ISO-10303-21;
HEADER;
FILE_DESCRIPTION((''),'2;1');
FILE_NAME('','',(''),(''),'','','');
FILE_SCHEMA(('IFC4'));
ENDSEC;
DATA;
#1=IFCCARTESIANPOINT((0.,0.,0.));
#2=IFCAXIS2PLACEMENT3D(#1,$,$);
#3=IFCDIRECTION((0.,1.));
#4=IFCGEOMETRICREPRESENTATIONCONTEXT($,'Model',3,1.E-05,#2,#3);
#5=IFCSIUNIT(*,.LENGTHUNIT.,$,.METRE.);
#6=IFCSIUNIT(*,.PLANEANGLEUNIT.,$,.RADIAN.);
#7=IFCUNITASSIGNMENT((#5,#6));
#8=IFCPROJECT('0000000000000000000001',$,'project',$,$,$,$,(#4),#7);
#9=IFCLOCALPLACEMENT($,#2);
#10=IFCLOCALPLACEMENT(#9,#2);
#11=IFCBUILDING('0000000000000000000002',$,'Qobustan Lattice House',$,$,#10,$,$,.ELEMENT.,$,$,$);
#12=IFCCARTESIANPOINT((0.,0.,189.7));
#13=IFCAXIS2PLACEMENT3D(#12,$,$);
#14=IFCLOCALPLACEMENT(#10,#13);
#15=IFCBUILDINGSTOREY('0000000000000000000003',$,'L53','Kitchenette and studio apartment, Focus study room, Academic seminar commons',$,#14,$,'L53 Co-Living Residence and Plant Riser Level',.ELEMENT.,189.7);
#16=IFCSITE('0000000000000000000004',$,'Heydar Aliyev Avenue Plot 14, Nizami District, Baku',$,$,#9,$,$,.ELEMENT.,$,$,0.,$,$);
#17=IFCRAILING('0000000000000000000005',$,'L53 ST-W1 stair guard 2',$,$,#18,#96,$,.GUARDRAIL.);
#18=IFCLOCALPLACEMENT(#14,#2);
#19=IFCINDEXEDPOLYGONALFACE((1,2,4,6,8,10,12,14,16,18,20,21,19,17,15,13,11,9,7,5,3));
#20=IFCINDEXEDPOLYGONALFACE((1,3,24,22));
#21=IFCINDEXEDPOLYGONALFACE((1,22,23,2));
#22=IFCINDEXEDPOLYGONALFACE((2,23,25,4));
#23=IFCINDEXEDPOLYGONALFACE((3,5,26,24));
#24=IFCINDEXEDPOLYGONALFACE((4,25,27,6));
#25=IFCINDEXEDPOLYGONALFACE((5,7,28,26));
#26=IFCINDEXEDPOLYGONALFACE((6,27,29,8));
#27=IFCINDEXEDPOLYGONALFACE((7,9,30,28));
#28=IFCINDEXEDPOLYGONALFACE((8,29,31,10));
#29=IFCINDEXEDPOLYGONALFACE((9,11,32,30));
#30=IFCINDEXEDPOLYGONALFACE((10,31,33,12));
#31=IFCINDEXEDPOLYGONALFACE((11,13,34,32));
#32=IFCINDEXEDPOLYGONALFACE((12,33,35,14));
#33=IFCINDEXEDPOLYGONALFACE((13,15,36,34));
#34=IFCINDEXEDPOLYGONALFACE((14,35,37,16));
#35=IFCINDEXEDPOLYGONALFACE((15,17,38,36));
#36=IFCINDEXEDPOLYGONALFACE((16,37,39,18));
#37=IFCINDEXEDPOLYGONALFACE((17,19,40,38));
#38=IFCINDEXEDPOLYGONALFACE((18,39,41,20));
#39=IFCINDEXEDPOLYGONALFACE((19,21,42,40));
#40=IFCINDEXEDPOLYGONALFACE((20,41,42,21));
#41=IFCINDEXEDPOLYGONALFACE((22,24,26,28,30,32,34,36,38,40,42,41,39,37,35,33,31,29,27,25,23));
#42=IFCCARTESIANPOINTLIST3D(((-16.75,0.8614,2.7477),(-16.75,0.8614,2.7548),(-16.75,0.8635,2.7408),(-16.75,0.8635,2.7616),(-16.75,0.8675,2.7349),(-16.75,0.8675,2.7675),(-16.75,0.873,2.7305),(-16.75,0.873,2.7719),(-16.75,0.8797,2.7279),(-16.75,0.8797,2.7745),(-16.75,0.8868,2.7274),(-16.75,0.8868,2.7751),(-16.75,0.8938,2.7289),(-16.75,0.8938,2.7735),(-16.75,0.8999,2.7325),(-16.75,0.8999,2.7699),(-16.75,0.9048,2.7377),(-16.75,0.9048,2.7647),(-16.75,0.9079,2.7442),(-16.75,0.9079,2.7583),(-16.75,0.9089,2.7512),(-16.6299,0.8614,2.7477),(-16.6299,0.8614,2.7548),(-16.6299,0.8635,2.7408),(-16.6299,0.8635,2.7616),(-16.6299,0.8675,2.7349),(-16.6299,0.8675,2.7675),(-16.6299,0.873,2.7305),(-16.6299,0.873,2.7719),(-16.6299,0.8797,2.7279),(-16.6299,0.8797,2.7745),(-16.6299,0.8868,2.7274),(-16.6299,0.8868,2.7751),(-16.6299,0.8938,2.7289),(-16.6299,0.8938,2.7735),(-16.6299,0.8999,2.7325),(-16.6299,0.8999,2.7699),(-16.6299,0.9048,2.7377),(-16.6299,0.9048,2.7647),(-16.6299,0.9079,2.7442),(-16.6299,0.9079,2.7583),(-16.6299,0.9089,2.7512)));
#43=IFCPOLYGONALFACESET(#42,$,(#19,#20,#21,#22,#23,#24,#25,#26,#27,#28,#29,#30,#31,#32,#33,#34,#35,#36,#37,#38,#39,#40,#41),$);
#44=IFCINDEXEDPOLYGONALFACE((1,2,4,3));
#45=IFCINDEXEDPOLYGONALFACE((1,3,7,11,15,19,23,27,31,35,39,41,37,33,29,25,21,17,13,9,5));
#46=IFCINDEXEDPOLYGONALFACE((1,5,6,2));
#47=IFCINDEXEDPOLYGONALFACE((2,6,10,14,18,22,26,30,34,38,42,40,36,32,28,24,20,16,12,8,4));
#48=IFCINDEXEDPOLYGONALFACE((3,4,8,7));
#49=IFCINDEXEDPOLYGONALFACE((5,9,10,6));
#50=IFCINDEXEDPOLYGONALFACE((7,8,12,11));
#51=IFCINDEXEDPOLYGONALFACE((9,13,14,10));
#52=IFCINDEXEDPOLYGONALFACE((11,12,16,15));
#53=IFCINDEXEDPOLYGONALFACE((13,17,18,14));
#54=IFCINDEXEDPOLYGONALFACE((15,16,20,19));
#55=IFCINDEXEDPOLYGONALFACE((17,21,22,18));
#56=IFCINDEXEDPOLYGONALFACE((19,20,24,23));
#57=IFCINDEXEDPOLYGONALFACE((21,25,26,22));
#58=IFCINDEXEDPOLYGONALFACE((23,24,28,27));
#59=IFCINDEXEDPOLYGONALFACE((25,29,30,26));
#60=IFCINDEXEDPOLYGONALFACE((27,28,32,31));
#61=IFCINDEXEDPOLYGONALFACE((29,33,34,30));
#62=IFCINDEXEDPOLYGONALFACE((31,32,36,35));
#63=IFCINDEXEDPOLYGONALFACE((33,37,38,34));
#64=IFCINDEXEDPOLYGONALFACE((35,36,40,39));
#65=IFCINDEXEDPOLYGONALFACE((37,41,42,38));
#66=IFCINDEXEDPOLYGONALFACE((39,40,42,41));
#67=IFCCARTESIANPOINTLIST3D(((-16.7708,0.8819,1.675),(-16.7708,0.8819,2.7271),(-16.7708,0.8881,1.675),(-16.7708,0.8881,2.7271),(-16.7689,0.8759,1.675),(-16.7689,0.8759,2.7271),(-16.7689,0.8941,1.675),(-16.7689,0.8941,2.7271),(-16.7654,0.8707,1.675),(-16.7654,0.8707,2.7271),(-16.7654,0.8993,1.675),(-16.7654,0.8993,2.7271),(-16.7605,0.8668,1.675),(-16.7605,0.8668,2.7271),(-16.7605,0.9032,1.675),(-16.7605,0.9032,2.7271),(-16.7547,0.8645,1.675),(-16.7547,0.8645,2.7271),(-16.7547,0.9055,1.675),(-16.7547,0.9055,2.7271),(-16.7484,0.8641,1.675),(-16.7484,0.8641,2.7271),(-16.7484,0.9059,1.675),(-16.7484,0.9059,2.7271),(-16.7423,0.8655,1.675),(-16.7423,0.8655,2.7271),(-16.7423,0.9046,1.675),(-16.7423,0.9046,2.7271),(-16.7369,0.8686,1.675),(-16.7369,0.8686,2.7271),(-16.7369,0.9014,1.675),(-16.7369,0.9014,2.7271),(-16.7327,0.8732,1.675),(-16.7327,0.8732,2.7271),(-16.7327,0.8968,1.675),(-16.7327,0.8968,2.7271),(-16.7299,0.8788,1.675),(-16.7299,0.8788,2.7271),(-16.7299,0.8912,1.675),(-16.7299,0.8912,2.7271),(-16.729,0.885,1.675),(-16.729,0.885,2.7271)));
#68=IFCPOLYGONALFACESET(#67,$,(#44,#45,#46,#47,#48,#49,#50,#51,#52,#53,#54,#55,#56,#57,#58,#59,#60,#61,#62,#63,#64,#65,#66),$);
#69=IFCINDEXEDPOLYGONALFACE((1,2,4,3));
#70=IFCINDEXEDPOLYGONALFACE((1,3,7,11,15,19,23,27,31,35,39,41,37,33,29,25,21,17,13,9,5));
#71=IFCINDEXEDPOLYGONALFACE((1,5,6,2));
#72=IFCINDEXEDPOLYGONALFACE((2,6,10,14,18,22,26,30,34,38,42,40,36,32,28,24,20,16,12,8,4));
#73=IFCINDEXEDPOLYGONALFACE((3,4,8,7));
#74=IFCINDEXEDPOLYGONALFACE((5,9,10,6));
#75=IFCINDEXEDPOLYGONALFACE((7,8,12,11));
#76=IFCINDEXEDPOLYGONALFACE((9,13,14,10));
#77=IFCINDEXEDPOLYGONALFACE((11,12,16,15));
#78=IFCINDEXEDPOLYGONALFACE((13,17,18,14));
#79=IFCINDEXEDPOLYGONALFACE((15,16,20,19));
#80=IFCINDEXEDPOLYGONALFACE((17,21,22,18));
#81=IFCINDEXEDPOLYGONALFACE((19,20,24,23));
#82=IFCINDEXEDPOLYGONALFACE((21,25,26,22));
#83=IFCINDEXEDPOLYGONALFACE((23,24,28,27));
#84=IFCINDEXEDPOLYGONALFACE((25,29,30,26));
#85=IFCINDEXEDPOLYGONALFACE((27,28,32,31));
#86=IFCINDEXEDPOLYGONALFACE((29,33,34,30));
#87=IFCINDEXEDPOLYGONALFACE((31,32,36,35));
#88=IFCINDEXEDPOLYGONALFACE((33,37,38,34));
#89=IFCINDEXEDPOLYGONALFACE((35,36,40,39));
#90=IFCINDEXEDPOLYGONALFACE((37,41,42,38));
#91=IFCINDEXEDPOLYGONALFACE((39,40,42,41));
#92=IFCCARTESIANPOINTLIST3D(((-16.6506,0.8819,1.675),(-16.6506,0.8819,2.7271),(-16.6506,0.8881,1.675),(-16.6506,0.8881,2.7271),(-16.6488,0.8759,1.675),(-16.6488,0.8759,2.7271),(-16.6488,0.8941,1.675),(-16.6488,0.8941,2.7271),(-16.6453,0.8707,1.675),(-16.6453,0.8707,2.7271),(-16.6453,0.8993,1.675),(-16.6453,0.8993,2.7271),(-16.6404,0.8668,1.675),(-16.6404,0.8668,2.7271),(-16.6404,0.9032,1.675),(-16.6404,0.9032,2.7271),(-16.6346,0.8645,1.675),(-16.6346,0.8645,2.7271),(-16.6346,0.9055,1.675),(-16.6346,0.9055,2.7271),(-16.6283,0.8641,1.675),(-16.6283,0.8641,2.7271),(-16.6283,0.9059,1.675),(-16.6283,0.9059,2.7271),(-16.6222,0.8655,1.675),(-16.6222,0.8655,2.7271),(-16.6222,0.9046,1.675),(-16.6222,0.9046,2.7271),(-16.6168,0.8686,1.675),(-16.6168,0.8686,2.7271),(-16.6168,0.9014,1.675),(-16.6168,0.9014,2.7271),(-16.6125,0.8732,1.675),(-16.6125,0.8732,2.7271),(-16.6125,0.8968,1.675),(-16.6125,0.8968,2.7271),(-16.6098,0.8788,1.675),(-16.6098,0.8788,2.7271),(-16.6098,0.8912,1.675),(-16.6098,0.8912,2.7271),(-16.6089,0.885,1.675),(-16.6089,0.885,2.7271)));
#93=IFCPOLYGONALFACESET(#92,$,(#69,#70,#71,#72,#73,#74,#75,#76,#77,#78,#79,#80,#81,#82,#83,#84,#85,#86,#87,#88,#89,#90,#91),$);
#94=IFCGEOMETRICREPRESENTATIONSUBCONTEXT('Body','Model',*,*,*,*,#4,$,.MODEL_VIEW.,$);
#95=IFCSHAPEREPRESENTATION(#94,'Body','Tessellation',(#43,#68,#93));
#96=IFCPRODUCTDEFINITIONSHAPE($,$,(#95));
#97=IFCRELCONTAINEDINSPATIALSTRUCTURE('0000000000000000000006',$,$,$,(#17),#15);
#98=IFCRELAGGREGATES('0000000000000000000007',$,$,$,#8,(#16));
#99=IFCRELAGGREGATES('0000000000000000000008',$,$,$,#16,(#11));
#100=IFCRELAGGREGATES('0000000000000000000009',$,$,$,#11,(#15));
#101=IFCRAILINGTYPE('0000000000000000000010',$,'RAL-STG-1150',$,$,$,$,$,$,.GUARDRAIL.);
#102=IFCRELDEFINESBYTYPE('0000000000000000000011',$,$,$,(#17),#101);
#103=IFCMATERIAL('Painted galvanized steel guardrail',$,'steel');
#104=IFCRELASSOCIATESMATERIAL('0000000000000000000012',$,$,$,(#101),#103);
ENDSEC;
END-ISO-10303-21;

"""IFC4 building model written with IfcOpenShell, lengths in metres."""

from ifc_helpers import new_model, si_unit, direction, frame, origin, origin_2d, place, context, subcontext, project, spatial, circle, extrude, material, type_object, element, save


model = new_model("IFC4")

# Units and contexts
model_context = context("Model", 3, precision=1e-05, world=origin(), true_north=direction((0.0, 1.0)))
body_context = subcontext(model_context, "Body", "Model", "MODEL_VIEW")
ifc_project = project(units=[si_unit("LENGTHUNIT", "METRE"), si_unit("PLANEANGLEUNIT", "RADIAN")], contexts=[model_context])

# Site, building, storey
site_placement = place(None, origin())
site = spatial("IfcSite", under=ifc_project, at=site_placement, Name="Heydar Aliyev Avenue Plot 14, Nizami District, Baku", CompositionType="ELEMENT", RefElevation=0.0)
building_placement = place(site_placement, origin())
building = spatial("IfcBuilding", under=site, at=building_placement, Name="Qobustan Lattice House", CompositionType="ELEMENT")
storey_placement = place(building_placement, frame((0.0, 0.0, 189.7)))
storey = spatial("IfcBuildingStorey", under=building, at=storey_placement, Name="L53", Description="Kitchenette and studio apartment, Focus study room, Academic seminar commons", LongName="L53 Co-Living Residence and Plant Riser Level", CompositionType="ELEMENT", Elevation=189.7)

# Railing
ifc_material_1 = material(Name="Painted galvanized steel guardrail", Category="steel")
railing_type_1 = type_object("IfcRailingType", Name="RAL-STG-1150", PredefinedType="GUARDRAIL", material=ifc_material_1)
railing_1_placement = place(storey_placement, frame((-16.75, 0.885, 1.675)))
element("IfcRailing", 1, at=railing_1_placement, inside=storey, type_object=railing_type_1, Name="L53 ST-W1 stair guard 2", PredefinedType="GUARDRAIL", context=body_context, shape_type="SweptSolid", body=[
    extrude(circle(Radius=0.0239, at=origin_2d()), frame((0.0, 0.0, 1.0762), z_axis=(1.0, 0.0, 0.0), x_axis=(0.0, 1.0, 0.0)), (0.0, 0.0, 1.0), 0.1201),
    extrude(circle(Radius=0.021, at=origin_2d()), origin(), (0.0, 0.0, 1.0), 1.052),
    extrude(circle(Radius=0.021, at=origin_2d()), frame((0.1201, 0.0, 0.0)), (0.0, 0.0, 1.0), 1.052),
])

save(model, "model.ifc")
